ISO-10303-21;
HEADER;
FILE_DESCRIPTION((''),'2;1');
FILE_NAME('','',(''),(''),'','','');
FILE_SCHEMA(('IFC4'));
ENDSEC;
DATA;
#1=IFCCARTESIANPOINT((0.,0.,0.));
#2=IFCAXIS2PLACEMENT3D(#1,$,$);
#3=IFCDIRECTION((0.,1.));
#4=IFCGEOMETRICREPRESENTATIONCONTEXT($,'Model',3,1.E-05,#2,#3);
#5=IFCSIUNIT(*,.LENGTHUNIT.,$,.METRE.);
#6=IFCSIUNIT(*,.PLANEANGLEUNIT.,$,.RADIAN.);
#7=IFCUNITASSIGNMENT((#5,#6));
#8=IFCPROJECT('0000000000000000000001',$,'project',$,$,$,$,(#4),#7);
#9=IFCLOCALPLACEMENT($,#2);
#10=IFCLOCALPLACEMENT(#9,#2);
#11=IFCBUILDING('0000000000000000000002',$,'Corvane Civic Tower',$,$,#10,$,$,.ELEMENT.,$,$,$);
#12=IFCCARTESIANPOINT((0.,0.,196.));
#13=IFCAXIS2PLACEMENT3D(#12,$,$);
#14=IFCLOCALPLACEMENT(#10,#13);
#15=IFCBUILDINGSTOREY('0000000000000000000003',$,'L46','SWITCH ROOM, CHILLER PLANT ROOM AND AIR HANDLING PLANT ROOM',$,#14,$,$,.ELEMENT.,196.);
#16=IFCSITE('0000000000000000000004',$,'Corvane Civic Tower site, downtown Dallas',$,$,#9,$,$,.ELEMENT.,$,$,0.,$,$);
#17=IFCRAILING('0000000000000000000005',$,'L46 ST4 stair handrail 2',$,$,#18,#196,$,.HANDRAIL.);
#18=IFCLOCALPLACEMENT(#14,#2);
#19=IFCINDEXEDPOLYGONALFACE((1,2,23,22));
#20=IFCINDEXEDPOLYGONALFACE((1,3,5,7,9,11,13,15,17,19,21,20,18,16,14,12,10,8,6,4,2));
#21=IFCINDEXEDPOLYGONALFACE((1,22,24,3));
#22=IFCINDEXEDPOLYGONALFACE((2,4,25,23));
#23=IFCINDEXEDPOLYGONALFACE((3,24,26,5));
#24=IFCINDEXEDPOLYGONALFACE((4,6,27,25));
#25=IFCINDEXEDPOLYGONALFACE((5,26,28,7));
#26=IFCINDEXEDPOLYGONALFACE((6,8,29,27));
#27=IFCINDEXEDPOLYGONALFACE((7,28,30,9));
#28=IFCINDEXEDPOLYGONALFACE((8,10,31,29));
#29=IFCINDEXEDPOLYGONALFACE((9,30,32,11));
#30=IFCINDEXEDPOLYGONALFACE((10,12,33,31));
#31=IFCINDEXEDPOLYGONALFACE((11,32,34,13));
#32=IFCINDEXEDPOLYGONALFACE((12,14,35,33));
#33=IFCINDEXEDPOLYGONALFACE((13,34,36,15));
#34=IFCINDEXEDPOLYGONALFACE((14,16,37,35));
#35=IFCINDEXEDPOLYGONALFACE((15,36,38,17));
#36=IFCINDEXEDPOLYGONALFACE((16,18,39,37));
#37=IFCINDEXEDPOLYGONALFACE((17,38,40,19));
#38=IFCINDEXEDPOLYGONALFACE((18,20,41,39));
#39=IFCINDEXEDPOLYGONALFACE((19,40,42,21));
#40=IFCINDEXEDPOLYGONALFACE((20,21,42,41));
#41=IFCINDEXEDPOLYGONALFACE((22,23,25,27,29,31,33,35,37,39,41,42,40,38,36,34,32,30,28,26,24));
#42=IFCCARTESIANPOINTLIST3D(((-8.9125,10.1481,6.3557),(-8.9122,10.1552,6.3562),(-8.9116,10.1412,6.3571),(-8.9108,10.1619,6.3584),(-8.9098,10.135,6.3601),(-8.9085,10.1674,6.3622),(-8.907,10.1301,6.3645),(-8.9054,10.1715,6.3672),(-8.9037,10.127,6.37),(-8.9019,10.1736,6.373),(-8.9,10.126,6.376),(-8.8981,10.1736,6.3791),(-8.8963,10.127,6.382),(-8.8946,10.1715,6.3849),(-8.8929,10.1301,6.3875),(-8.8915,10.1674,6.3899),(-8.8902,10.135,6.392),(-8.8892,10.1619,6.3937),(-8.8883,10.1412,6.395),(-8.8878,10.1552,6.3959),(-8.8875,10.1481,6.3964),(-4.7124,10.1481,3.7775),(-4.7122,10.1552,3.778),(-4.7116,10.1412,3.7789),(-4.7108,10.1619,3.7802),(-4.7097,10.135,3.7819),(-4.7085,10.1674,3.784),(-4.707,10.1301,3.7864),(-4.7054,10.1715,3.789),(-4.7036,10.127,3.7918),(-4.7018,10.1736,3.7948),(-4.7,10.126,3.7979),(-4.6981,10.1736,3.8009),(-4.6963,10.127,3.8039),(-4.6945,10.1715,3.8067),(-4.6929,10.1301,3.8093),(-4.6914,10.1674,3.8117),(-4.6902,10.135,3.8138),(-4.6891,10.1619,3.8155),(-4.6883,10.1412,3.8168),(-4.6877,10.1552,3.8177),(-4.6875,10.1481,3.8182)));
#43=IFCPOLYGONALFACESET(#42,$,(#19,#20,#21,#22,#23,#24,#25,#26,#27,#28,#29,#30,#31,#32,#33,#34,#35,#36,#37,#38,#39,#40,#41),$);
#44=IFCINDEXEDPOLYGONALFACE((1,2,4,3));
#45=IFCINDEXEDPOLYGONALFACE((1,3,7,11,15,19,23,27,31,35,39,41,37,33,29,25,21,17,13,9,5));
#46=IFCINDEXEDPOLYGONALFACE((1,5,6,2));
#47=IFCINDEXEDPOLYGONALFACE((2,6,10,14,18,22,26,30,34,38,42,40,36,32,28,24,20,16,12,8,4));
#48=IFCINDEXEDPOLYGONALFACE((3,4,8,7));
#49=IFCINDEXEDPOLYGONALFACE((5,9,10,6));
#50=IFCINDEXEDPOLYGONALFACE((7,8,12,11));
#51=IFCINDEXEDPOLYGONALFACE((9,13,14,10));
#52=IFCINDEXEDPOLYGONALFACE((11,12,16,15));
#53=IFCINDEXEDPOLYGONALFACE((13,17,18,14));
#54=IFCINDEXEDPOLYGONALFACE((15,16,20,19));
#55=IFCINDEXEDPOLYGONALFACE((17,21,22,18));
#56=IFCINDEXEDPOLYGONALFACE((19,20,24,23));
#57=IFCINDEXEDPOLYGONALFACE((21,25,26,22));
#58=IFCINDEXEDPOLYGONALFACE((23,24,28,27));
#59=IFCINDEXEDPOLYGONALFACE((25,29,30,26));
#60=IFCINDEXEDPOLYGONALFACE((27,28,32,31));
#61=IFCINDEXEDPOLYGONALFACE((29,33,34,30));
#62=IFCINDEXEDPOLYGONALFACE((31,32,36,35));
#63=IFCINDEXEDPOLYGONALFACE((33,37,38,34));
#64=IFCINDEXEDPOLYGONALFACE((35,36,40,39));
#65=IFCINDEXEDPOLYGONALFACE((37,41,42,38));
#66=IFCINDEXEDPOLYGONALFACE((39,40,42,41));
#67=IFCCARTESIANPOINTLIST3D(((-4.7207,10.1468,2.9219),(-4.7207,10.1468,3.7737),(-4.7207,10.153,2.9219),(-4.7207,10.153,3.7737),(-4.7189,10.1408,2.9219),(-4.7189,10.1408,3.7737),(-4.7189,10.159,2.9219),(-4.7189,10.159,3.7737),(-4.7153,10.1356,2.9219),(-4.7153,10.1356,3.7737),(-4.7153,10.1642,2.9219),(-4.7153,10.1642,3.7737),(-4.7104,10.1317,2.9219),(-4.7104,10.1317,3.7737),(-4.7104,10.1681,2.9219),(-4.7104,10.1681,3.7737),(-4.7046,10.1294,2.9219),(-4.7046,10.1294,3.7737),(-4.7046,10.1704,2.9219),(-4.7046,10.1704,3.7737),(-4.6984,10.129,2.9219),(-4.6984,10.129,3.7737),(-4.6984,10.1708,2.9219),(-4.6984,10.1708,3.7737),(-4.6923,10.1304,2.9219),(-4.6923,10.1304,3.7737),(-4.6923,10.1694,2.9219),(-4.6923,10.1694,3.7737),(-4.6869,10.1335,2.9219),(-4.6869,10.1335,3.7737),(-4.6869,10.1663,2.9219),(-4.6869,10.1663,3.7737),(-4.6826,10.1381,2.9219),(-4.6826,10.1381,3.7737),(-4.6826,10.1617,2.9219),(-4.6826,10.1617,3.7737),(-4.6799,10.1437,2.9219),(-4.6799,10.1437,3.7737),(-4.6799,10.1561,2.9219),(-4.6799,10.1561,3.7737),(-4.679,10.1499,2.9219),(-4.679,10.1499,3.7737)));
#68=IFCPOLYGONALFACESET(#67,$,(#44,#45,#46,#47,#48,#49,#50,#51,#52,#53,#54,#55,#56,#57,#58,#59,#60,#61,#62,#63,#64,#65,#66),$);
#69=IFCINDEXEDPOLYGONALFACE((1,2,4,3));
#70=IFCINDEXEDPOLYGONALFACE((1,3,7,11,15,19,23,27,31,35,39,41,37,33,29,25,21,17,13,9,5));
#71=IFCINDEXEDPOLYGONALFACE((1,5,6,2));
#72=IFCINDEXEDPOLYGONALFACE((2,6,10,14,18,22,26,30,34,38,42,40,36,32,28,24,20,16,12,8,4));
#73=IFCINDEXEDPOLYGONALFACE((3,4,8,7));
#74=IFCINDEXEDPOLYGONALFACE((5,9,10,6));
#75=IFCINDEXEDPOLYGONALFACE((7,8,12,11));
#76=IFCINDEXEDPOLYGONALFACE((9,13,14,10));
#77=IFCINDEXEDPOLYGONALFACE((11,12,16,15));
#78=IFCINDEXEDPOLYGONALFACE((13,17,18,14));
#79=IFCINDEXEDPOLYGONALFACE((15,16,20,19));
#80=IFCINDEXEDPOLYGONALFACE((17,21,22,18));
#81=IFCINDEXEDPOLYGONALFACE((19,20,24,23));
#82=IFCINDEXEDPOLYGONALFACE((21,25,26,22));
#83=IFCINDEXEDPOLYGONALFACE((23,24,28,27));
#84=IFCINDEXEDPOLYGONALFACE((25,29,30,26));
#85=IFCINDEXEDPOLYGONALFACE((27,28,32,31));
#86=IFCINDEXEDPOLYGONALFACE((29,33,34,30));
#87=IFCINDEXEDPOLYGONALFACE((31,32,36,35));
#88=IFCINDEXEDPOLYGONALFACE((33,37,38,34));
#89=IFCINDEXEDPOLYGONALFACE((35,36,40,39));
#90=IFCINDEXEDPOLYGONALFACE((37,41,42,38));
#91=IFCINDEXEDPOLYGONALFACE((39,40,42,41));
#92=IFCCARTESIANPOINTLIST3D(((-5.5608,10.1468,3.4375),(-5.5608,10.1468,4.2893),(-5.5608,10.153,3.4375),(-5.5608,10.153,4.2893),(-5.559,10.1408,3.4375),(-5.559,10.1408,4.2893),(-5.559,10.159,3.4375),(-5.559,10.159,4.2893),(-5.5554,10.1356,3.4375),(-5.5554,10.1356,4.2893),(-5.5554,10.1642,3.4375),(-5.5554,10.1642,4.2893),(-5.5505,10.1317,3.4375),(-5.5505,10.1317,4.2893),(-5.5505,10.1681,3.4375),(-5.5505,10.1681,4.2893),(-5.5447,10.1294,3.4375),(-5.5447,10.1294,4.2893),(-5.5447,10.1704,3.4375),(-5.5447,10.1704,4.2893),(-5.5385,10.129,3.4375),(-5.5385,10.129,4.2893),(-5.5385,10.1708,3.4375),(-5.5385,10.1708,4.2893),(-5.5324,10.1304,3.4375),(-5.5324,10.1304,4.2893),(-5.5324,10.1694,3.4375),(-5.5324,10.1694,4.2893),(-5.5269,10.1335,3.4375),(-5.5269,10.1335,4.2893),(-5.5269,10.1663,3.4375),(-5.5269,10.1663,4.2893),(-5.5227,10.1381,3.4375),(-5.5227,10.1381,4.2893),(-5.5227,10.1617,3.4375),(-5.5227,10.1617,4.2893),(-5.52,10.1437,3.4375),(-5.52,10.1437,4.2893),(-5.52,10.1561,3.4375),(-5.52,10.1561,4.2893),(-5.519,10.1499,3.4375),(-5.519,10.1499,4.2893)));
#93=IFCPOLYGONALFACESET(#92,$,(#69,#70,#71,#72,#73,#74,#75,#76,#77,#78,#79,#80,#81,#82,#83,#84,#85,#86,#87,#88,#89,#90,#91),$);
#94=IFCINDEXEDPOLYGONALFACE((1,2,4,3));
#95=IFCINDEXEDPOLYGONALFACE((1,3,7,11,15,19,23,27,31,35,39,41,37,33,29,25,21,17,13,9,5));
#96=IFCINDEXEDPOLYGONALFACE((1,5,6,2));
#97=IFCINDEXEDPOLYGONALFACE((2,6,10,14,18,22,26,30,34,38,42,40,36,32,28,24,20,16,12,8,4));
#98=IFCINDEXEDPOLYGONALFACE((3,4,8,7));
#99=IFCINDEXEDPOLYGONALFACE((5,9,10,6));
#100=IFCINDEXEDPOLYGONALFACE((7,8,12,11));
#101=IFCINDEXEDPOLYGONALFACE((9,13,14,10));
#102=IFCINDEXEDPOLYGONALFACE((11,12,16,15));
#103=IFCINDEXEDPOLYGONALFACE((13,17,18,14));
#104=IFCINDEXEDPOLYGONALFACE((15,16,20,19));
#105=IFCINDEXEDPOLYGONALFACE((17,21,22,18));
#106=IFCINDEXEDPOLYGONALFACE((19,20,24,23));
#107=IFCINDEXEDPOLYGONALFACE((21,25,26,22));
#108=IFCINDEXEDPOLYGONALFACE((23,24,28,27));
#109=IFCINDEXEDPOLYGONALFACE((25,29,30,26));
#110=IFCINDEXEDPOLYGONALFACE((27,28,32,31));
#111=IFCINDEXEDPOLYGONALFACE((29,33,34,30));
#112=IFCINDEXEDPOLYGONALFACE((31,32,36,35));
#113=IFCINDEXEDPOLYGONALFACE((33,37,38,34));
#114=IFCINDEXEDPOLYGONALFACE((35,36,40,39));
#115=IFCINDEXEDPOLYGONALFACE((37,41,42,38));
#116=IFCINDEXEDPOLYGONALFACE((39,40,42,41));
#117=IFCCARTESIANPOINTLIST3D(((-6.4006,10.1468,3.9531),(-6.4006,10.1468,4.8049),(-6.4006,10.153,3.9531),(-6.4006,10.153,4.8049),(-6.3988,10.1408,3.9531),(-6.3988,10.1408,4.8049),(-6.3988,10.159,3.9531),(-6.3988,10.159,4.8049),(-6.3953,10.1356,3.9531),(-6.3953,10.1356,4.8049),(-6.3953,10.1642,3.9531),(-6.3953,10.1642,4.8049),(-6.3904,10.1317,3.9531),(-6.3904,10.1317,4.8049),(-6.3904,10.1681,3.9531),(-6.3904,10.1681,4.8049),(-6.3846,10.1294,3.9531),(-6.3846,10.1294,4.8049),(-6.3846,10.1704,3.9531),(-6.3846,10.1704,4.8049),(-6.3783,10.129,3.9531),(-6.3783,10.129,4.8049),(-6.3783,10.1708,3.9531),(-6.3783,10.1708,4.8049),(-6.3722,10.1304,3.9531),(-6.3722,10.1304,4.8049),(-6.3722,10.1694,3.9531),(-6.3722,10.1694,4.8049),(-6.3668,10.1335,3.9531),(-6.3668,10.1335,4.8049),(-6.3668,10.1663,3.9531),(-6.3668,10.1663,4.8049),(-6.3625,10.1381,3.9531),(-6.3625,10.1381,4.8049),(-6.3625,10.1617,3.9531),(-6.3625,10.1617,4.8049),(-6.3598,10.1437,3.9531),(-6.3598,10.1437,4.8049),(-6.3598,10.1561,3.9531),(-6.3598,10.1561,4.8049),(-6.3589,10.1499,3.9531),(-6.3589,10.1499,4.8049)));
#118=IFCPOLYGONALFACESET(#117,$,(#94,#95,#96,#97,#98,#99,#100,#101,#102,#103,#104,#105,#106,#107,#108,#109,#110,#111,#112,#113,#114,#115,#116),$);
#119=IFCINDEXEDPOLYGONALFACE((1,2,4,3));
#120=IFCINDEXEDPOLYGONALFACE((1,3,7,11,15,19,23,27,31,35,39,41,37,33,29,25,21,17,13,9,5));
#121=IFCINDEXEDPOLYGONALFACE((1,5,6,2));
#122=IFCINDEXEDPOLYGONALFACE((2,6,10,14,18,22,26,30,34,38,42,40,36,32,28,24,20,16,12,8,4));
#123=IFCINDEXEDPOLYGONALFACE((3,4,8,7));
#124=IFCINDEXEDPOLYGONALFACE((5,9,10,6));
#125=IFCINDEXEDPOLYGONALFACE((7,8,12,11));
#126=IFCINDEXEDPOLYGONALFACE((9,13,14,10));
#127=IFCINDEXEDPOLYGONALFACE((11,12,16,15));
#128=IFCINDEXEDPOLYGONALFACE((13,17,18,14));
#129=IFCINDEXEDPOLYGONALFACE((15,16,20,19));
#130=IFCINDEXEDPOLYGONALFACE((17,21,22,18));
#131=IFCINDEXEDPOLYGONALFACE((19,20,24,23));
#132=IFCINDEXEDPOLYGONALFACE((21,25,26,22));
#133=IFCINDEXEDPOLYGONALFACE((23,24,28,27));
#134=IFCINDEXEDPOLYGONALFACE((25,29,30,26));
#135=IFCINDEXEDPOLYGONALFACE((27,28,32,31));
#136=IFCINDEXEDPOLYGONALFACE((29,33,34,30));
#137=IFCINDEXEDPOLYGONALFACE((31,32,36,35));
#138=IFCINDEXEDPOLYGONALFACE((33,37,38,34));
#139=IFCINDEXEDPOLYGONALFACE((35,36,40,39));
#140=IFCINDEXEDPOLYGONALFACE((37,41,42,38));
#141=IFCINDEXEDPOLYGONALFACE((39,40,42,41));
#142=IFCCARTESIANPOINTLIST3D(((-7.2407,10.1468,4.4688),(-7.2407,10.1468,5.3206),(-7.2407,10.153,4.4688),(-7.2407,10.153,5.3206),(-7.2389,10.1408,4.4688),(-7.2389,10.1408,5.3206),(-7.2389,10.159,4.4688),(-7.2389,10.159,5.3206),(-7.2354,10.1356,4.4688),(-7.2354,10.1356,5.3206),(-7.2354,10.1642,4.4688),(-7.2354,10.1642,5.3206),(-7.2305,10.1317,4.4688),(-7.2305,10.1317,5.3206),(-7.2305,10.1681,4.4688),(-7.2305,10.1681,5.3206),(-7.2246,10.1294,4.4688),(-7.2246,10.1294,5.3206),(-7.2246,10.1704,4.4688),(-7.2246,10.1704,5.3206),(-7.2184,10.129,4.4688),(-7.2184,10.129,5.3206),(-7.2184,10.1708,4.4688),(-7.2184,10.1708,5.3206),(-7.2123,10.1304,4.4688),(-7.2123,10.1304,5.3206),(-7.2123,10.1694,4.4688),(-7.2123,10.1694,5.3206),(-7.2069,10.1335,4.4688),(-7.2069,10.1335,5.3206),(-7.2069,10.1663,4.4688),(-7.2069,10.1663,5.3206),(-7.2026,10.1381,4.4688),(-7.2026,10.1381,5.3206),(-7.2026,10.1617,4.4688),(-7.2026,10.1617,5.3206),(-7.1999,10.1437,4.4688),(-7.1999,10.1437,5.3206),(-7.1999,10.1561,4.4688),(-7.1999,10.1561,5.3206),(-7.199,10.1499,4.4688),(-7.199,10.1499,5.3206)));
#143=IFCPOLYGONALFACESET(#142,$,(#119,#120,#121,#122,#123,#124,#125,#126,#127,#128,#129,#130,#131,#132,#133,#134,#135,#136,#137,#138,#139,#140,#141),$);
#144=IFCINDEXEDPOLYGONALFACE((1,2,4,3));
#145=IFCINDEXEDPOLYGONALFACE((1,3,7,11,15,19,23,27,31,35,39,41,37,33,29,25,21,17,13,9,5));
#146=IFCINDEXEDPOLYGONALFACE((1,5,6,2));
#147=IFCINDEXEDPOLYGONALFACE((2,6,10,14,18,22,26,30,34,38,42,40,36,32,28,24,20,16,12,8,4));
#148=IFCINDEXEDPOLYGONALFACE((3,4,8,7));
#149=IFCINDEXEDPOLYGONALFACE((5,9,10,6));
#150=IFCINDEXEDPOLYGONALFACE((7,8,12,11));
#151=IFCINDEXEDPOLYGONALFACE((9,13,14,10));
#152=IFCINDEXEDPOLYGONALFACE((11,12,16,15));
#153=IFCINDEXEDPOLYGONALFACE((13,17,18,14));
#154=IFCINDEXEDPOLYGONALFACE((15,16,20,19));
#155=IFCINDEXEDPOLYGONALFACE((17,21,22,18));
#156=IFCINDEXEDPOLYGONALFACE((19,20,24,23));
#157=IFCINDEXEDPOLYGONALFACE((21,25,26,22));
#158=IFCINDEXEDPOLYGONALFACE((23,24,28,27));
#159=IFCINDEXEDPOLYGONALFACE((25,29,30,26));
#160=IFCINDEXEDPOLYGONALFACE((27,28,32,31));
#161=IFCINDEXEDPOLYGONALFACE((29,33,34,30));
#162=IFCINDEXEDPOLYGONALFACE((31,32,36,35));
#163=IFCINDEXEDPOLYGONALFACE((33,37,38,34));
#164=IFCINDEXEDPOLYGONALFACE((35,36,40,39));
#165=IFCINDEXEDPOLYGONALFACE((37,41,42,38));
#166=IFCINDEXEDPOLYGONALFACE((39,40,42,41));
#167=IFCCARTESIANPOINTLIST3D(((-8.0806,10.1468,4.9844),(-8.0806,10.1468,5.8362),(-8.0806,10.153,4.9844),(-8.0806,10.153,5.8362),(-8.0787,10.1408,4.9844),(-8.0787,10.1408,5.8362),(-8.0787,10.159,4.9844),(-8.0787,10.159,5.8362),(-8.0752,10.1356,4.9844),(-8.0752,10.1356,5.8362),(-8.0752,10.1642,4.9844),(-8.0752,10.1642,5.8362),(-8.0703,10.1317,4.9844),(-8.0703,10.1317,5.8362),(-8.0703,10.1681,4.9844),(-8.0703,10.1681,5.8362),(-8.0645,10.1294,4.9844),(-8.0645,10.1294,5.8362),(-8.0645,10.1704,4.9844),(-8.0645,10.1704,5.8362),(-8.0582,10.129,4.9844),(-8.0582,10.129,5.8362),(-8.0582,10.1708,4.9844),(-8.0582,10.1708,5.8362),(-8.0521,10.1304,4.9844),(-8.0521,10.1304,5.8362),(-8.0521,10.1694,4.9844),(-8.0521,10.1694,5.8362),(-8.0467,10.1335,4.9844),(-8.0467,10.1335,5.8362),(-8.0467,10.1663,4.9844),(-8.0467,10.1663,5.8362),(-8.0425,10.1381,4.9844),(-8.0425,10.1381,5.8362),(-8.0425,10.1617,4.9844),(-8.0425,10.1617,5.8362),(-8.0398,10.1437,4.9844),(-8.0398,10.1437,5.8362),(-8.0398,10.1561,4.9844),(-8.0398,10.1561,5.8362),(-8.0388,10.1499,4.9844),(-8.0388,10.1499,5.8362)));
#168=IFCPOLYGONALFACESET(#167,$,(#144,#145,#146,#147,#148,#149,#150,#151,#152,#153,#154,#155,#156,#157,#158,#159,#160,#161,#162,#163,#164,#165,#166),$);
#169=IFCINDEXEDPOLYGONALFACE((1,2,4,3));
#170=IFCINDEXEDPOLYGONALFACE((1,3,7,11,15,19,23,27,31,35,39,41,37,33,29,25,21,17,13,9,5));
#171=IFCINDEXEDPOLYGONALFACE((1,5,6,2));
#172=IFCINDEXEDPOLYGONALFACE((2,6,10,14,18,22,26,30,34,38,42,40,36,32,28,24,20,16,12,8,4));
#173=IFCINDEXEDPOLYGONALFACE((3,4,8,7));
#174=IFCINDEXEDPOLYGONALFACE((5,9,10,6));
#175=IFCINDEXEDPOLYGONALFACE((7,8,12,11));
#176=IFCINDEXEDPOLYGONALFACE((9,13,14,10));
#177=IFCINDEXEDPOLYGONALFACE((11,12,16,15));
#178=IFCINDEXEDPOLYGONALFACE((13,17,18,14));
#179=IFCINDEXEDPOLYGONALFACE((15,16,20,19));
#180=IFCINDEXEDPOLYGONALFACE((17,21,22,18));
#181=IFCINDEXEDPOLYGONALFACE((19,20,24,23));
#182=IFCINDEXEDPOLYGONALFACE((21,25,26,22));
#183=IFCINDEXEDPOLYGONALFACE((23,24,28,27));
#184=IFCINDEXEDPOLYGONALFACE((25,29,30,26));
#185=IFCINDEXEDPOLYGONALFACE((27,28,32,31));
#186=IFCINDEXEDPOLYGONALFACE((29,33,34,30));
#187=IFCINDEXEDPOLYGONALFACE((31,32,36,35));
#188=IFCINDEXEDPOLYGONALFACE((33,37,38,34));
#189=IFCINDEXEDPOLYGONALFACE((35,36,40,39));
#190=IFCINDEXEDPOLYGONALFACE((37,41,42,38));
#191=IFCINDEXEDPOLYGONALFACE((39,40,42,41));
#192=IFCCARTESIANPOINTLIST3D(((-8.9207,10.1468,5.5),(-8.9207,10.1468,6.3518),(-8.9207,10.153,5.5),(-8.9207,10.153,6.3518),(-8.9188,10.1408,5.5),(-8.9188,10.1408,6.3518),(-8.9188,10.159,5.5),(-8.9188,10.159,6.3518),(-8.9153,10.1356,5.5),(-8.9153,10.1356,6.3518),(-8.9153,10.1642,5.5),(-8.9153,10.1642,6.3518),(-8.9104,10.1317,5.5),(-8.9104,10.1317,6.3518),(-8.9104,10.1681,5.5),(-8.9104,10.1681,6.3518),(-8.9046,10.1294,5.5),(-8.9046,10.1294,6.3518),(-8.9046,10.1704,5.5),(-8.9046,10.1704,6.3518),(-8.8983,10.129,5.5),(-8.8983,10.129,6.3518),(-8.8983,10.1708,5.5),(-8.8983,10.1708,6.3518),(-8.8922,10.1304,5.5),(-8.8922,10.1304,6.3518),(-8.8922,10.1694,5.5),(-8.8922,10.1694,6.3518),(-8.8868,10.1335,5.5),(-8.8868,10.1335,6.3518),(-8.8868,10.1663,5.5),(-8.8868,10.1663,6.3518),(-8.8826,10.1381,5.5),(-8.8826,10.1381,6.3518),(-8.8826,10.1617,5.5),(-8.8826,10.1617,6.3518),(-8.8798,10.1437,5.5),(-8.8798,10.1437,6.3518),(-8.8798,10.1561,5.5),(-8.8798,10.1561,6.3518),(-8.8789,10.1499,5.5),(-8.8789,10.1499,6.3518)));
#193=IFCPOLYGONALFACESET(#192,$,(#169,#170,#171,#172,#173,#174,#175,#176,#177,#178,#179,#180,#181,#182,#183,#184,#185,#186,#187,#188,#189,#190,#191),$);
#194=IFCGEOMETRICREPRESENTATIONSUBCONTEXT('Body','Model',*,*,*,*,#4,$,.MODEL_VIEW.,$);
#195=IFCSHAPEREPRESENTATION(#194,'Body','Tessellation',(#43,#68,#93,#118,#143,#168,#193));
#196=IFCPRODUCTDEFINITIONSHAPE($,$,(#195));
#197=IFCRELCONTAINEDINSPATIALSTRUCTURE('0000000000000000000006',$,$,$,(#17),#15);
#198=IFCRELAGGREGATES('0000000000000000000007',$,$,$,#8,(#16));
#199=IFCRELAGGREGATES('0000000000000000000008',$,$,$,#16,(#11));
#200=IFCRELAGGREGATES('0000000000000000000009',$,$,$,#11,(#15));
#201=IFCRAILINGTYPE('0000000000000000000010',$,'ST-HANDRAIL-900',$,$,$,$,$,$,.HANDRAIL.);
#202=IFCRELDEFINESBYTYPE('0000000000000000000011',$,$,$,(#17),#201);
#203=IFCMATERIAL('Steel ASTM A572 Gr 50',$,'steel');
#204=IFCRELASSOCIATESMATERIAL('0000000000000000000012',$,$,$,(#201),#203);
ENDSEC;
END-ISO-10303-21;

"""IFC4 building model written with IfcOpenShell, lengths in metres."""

from ifc_helpers import new_model, si_unit, direction, frame, origin, origin_2d, place, context, subcontext, project, spatial, circle, extrude, material, type_object, element, save


model = new_model("IFC4")

# Units and contexts
model_context = context("Model", 3, precision=1e-05, world=origin(), true_north=direction((0.0, 1.0)))
body_context = subcontext(model_context, "Body", "Model", "MODEL_VIEW")
ifc_project = project(units=[si_unit("LENGTHUNIT", "METRE"), si_unit("PLANEANGLEUNIT", "RADIAN")], contexts=[model_context])

# Site, building, storey
site_placement = place(None, origin())
site = spatial("IfcSite", under=ifc_project, at=site_placement, Name="Corvane Civic Tower site, downtown Dallas", CompositionType="ELEMENT", RefElevation=0.0)
building_placement = place(site_placement, origin())
building = spatial("IfcBuilding", under=site, at=building_placement, Name="Corvane Civic Tower", CompositionType="ELEMENT")
storey_placement = place(building_placement, frame((0.0, 0.0, 196.0)))
storey = spatial("IfcBuildingStorey", under=building, at=storey_placement, Name="L46", Description="SWITCH ROOM, CHILLER PLANT ROOM AND AIR HANDLING PLANT ROOM", CompositionType="ELEMENT", Elevation=196.0)

# Railing
ifc_material_1 = material(Name="Steel ASTM A572 Gr 50", Category="steel")
railing_type = type_object("IfcRailingType", Name="ST-HANDRAIL-900", PredefinedType="HANDRAIL", material=ifc_material_1)
railing_placement = place(storey_placement, frame((-4.7, 10.1499, 2.9219)))
element("IfcRailing", 1, at=railing_placement, inside=storey, type_object=railing_type, Name="L46 ST4 stair handrail 2", PredefinedType="HANDRAIL", context=body_context, shape_type="SweptSolid", body=[
    extrude(circle(Radius=0.0239, at=origin_2d()), frame((0.0, 0.0, 0.876), z_axis=(-0.852243, 0.0, 0.523146), x_axis=(0.0, -1.0, 0.0)), (0.0, 0.0, 1.0), 4.9282),
    extrude(circle(Radius=0.021, at=origin_2d()), origin(), (0.0, 0.0, 1.0), 0.8518),
    extrude(circle(Radius=0.021, at=origin_2d()), frame((-0.8401, 0.0, 0.5156)), (0.0, 0.0, 1.0), 0.8518),
    extrude(circle(Radius=0.021, at=origin_2d()), frame((-1.6799, 0.0, 1.0312)), (0.0, 0.0, 1.0), 0.8518),
    extrude(circle(Radius=0.021, at=origin_2d()), frame((-2.52, 0.0, 1.5469)), (0.0, 0.0, 1.0), 0.8518),
    extrude(circle(Radius=0.021, at=origin_2d()), frame((-3.3599, 0.0, 2.0625)), (0.0, 0.0, 1.0), 0.8518),
    extrude(circle(Radius=0.021, at=origin_2d()), frame((-4.2, 0.0, 2.5781)), (0.0, 0.0, 1.0), 0.8518),
])

save(model, "model.ifc")
